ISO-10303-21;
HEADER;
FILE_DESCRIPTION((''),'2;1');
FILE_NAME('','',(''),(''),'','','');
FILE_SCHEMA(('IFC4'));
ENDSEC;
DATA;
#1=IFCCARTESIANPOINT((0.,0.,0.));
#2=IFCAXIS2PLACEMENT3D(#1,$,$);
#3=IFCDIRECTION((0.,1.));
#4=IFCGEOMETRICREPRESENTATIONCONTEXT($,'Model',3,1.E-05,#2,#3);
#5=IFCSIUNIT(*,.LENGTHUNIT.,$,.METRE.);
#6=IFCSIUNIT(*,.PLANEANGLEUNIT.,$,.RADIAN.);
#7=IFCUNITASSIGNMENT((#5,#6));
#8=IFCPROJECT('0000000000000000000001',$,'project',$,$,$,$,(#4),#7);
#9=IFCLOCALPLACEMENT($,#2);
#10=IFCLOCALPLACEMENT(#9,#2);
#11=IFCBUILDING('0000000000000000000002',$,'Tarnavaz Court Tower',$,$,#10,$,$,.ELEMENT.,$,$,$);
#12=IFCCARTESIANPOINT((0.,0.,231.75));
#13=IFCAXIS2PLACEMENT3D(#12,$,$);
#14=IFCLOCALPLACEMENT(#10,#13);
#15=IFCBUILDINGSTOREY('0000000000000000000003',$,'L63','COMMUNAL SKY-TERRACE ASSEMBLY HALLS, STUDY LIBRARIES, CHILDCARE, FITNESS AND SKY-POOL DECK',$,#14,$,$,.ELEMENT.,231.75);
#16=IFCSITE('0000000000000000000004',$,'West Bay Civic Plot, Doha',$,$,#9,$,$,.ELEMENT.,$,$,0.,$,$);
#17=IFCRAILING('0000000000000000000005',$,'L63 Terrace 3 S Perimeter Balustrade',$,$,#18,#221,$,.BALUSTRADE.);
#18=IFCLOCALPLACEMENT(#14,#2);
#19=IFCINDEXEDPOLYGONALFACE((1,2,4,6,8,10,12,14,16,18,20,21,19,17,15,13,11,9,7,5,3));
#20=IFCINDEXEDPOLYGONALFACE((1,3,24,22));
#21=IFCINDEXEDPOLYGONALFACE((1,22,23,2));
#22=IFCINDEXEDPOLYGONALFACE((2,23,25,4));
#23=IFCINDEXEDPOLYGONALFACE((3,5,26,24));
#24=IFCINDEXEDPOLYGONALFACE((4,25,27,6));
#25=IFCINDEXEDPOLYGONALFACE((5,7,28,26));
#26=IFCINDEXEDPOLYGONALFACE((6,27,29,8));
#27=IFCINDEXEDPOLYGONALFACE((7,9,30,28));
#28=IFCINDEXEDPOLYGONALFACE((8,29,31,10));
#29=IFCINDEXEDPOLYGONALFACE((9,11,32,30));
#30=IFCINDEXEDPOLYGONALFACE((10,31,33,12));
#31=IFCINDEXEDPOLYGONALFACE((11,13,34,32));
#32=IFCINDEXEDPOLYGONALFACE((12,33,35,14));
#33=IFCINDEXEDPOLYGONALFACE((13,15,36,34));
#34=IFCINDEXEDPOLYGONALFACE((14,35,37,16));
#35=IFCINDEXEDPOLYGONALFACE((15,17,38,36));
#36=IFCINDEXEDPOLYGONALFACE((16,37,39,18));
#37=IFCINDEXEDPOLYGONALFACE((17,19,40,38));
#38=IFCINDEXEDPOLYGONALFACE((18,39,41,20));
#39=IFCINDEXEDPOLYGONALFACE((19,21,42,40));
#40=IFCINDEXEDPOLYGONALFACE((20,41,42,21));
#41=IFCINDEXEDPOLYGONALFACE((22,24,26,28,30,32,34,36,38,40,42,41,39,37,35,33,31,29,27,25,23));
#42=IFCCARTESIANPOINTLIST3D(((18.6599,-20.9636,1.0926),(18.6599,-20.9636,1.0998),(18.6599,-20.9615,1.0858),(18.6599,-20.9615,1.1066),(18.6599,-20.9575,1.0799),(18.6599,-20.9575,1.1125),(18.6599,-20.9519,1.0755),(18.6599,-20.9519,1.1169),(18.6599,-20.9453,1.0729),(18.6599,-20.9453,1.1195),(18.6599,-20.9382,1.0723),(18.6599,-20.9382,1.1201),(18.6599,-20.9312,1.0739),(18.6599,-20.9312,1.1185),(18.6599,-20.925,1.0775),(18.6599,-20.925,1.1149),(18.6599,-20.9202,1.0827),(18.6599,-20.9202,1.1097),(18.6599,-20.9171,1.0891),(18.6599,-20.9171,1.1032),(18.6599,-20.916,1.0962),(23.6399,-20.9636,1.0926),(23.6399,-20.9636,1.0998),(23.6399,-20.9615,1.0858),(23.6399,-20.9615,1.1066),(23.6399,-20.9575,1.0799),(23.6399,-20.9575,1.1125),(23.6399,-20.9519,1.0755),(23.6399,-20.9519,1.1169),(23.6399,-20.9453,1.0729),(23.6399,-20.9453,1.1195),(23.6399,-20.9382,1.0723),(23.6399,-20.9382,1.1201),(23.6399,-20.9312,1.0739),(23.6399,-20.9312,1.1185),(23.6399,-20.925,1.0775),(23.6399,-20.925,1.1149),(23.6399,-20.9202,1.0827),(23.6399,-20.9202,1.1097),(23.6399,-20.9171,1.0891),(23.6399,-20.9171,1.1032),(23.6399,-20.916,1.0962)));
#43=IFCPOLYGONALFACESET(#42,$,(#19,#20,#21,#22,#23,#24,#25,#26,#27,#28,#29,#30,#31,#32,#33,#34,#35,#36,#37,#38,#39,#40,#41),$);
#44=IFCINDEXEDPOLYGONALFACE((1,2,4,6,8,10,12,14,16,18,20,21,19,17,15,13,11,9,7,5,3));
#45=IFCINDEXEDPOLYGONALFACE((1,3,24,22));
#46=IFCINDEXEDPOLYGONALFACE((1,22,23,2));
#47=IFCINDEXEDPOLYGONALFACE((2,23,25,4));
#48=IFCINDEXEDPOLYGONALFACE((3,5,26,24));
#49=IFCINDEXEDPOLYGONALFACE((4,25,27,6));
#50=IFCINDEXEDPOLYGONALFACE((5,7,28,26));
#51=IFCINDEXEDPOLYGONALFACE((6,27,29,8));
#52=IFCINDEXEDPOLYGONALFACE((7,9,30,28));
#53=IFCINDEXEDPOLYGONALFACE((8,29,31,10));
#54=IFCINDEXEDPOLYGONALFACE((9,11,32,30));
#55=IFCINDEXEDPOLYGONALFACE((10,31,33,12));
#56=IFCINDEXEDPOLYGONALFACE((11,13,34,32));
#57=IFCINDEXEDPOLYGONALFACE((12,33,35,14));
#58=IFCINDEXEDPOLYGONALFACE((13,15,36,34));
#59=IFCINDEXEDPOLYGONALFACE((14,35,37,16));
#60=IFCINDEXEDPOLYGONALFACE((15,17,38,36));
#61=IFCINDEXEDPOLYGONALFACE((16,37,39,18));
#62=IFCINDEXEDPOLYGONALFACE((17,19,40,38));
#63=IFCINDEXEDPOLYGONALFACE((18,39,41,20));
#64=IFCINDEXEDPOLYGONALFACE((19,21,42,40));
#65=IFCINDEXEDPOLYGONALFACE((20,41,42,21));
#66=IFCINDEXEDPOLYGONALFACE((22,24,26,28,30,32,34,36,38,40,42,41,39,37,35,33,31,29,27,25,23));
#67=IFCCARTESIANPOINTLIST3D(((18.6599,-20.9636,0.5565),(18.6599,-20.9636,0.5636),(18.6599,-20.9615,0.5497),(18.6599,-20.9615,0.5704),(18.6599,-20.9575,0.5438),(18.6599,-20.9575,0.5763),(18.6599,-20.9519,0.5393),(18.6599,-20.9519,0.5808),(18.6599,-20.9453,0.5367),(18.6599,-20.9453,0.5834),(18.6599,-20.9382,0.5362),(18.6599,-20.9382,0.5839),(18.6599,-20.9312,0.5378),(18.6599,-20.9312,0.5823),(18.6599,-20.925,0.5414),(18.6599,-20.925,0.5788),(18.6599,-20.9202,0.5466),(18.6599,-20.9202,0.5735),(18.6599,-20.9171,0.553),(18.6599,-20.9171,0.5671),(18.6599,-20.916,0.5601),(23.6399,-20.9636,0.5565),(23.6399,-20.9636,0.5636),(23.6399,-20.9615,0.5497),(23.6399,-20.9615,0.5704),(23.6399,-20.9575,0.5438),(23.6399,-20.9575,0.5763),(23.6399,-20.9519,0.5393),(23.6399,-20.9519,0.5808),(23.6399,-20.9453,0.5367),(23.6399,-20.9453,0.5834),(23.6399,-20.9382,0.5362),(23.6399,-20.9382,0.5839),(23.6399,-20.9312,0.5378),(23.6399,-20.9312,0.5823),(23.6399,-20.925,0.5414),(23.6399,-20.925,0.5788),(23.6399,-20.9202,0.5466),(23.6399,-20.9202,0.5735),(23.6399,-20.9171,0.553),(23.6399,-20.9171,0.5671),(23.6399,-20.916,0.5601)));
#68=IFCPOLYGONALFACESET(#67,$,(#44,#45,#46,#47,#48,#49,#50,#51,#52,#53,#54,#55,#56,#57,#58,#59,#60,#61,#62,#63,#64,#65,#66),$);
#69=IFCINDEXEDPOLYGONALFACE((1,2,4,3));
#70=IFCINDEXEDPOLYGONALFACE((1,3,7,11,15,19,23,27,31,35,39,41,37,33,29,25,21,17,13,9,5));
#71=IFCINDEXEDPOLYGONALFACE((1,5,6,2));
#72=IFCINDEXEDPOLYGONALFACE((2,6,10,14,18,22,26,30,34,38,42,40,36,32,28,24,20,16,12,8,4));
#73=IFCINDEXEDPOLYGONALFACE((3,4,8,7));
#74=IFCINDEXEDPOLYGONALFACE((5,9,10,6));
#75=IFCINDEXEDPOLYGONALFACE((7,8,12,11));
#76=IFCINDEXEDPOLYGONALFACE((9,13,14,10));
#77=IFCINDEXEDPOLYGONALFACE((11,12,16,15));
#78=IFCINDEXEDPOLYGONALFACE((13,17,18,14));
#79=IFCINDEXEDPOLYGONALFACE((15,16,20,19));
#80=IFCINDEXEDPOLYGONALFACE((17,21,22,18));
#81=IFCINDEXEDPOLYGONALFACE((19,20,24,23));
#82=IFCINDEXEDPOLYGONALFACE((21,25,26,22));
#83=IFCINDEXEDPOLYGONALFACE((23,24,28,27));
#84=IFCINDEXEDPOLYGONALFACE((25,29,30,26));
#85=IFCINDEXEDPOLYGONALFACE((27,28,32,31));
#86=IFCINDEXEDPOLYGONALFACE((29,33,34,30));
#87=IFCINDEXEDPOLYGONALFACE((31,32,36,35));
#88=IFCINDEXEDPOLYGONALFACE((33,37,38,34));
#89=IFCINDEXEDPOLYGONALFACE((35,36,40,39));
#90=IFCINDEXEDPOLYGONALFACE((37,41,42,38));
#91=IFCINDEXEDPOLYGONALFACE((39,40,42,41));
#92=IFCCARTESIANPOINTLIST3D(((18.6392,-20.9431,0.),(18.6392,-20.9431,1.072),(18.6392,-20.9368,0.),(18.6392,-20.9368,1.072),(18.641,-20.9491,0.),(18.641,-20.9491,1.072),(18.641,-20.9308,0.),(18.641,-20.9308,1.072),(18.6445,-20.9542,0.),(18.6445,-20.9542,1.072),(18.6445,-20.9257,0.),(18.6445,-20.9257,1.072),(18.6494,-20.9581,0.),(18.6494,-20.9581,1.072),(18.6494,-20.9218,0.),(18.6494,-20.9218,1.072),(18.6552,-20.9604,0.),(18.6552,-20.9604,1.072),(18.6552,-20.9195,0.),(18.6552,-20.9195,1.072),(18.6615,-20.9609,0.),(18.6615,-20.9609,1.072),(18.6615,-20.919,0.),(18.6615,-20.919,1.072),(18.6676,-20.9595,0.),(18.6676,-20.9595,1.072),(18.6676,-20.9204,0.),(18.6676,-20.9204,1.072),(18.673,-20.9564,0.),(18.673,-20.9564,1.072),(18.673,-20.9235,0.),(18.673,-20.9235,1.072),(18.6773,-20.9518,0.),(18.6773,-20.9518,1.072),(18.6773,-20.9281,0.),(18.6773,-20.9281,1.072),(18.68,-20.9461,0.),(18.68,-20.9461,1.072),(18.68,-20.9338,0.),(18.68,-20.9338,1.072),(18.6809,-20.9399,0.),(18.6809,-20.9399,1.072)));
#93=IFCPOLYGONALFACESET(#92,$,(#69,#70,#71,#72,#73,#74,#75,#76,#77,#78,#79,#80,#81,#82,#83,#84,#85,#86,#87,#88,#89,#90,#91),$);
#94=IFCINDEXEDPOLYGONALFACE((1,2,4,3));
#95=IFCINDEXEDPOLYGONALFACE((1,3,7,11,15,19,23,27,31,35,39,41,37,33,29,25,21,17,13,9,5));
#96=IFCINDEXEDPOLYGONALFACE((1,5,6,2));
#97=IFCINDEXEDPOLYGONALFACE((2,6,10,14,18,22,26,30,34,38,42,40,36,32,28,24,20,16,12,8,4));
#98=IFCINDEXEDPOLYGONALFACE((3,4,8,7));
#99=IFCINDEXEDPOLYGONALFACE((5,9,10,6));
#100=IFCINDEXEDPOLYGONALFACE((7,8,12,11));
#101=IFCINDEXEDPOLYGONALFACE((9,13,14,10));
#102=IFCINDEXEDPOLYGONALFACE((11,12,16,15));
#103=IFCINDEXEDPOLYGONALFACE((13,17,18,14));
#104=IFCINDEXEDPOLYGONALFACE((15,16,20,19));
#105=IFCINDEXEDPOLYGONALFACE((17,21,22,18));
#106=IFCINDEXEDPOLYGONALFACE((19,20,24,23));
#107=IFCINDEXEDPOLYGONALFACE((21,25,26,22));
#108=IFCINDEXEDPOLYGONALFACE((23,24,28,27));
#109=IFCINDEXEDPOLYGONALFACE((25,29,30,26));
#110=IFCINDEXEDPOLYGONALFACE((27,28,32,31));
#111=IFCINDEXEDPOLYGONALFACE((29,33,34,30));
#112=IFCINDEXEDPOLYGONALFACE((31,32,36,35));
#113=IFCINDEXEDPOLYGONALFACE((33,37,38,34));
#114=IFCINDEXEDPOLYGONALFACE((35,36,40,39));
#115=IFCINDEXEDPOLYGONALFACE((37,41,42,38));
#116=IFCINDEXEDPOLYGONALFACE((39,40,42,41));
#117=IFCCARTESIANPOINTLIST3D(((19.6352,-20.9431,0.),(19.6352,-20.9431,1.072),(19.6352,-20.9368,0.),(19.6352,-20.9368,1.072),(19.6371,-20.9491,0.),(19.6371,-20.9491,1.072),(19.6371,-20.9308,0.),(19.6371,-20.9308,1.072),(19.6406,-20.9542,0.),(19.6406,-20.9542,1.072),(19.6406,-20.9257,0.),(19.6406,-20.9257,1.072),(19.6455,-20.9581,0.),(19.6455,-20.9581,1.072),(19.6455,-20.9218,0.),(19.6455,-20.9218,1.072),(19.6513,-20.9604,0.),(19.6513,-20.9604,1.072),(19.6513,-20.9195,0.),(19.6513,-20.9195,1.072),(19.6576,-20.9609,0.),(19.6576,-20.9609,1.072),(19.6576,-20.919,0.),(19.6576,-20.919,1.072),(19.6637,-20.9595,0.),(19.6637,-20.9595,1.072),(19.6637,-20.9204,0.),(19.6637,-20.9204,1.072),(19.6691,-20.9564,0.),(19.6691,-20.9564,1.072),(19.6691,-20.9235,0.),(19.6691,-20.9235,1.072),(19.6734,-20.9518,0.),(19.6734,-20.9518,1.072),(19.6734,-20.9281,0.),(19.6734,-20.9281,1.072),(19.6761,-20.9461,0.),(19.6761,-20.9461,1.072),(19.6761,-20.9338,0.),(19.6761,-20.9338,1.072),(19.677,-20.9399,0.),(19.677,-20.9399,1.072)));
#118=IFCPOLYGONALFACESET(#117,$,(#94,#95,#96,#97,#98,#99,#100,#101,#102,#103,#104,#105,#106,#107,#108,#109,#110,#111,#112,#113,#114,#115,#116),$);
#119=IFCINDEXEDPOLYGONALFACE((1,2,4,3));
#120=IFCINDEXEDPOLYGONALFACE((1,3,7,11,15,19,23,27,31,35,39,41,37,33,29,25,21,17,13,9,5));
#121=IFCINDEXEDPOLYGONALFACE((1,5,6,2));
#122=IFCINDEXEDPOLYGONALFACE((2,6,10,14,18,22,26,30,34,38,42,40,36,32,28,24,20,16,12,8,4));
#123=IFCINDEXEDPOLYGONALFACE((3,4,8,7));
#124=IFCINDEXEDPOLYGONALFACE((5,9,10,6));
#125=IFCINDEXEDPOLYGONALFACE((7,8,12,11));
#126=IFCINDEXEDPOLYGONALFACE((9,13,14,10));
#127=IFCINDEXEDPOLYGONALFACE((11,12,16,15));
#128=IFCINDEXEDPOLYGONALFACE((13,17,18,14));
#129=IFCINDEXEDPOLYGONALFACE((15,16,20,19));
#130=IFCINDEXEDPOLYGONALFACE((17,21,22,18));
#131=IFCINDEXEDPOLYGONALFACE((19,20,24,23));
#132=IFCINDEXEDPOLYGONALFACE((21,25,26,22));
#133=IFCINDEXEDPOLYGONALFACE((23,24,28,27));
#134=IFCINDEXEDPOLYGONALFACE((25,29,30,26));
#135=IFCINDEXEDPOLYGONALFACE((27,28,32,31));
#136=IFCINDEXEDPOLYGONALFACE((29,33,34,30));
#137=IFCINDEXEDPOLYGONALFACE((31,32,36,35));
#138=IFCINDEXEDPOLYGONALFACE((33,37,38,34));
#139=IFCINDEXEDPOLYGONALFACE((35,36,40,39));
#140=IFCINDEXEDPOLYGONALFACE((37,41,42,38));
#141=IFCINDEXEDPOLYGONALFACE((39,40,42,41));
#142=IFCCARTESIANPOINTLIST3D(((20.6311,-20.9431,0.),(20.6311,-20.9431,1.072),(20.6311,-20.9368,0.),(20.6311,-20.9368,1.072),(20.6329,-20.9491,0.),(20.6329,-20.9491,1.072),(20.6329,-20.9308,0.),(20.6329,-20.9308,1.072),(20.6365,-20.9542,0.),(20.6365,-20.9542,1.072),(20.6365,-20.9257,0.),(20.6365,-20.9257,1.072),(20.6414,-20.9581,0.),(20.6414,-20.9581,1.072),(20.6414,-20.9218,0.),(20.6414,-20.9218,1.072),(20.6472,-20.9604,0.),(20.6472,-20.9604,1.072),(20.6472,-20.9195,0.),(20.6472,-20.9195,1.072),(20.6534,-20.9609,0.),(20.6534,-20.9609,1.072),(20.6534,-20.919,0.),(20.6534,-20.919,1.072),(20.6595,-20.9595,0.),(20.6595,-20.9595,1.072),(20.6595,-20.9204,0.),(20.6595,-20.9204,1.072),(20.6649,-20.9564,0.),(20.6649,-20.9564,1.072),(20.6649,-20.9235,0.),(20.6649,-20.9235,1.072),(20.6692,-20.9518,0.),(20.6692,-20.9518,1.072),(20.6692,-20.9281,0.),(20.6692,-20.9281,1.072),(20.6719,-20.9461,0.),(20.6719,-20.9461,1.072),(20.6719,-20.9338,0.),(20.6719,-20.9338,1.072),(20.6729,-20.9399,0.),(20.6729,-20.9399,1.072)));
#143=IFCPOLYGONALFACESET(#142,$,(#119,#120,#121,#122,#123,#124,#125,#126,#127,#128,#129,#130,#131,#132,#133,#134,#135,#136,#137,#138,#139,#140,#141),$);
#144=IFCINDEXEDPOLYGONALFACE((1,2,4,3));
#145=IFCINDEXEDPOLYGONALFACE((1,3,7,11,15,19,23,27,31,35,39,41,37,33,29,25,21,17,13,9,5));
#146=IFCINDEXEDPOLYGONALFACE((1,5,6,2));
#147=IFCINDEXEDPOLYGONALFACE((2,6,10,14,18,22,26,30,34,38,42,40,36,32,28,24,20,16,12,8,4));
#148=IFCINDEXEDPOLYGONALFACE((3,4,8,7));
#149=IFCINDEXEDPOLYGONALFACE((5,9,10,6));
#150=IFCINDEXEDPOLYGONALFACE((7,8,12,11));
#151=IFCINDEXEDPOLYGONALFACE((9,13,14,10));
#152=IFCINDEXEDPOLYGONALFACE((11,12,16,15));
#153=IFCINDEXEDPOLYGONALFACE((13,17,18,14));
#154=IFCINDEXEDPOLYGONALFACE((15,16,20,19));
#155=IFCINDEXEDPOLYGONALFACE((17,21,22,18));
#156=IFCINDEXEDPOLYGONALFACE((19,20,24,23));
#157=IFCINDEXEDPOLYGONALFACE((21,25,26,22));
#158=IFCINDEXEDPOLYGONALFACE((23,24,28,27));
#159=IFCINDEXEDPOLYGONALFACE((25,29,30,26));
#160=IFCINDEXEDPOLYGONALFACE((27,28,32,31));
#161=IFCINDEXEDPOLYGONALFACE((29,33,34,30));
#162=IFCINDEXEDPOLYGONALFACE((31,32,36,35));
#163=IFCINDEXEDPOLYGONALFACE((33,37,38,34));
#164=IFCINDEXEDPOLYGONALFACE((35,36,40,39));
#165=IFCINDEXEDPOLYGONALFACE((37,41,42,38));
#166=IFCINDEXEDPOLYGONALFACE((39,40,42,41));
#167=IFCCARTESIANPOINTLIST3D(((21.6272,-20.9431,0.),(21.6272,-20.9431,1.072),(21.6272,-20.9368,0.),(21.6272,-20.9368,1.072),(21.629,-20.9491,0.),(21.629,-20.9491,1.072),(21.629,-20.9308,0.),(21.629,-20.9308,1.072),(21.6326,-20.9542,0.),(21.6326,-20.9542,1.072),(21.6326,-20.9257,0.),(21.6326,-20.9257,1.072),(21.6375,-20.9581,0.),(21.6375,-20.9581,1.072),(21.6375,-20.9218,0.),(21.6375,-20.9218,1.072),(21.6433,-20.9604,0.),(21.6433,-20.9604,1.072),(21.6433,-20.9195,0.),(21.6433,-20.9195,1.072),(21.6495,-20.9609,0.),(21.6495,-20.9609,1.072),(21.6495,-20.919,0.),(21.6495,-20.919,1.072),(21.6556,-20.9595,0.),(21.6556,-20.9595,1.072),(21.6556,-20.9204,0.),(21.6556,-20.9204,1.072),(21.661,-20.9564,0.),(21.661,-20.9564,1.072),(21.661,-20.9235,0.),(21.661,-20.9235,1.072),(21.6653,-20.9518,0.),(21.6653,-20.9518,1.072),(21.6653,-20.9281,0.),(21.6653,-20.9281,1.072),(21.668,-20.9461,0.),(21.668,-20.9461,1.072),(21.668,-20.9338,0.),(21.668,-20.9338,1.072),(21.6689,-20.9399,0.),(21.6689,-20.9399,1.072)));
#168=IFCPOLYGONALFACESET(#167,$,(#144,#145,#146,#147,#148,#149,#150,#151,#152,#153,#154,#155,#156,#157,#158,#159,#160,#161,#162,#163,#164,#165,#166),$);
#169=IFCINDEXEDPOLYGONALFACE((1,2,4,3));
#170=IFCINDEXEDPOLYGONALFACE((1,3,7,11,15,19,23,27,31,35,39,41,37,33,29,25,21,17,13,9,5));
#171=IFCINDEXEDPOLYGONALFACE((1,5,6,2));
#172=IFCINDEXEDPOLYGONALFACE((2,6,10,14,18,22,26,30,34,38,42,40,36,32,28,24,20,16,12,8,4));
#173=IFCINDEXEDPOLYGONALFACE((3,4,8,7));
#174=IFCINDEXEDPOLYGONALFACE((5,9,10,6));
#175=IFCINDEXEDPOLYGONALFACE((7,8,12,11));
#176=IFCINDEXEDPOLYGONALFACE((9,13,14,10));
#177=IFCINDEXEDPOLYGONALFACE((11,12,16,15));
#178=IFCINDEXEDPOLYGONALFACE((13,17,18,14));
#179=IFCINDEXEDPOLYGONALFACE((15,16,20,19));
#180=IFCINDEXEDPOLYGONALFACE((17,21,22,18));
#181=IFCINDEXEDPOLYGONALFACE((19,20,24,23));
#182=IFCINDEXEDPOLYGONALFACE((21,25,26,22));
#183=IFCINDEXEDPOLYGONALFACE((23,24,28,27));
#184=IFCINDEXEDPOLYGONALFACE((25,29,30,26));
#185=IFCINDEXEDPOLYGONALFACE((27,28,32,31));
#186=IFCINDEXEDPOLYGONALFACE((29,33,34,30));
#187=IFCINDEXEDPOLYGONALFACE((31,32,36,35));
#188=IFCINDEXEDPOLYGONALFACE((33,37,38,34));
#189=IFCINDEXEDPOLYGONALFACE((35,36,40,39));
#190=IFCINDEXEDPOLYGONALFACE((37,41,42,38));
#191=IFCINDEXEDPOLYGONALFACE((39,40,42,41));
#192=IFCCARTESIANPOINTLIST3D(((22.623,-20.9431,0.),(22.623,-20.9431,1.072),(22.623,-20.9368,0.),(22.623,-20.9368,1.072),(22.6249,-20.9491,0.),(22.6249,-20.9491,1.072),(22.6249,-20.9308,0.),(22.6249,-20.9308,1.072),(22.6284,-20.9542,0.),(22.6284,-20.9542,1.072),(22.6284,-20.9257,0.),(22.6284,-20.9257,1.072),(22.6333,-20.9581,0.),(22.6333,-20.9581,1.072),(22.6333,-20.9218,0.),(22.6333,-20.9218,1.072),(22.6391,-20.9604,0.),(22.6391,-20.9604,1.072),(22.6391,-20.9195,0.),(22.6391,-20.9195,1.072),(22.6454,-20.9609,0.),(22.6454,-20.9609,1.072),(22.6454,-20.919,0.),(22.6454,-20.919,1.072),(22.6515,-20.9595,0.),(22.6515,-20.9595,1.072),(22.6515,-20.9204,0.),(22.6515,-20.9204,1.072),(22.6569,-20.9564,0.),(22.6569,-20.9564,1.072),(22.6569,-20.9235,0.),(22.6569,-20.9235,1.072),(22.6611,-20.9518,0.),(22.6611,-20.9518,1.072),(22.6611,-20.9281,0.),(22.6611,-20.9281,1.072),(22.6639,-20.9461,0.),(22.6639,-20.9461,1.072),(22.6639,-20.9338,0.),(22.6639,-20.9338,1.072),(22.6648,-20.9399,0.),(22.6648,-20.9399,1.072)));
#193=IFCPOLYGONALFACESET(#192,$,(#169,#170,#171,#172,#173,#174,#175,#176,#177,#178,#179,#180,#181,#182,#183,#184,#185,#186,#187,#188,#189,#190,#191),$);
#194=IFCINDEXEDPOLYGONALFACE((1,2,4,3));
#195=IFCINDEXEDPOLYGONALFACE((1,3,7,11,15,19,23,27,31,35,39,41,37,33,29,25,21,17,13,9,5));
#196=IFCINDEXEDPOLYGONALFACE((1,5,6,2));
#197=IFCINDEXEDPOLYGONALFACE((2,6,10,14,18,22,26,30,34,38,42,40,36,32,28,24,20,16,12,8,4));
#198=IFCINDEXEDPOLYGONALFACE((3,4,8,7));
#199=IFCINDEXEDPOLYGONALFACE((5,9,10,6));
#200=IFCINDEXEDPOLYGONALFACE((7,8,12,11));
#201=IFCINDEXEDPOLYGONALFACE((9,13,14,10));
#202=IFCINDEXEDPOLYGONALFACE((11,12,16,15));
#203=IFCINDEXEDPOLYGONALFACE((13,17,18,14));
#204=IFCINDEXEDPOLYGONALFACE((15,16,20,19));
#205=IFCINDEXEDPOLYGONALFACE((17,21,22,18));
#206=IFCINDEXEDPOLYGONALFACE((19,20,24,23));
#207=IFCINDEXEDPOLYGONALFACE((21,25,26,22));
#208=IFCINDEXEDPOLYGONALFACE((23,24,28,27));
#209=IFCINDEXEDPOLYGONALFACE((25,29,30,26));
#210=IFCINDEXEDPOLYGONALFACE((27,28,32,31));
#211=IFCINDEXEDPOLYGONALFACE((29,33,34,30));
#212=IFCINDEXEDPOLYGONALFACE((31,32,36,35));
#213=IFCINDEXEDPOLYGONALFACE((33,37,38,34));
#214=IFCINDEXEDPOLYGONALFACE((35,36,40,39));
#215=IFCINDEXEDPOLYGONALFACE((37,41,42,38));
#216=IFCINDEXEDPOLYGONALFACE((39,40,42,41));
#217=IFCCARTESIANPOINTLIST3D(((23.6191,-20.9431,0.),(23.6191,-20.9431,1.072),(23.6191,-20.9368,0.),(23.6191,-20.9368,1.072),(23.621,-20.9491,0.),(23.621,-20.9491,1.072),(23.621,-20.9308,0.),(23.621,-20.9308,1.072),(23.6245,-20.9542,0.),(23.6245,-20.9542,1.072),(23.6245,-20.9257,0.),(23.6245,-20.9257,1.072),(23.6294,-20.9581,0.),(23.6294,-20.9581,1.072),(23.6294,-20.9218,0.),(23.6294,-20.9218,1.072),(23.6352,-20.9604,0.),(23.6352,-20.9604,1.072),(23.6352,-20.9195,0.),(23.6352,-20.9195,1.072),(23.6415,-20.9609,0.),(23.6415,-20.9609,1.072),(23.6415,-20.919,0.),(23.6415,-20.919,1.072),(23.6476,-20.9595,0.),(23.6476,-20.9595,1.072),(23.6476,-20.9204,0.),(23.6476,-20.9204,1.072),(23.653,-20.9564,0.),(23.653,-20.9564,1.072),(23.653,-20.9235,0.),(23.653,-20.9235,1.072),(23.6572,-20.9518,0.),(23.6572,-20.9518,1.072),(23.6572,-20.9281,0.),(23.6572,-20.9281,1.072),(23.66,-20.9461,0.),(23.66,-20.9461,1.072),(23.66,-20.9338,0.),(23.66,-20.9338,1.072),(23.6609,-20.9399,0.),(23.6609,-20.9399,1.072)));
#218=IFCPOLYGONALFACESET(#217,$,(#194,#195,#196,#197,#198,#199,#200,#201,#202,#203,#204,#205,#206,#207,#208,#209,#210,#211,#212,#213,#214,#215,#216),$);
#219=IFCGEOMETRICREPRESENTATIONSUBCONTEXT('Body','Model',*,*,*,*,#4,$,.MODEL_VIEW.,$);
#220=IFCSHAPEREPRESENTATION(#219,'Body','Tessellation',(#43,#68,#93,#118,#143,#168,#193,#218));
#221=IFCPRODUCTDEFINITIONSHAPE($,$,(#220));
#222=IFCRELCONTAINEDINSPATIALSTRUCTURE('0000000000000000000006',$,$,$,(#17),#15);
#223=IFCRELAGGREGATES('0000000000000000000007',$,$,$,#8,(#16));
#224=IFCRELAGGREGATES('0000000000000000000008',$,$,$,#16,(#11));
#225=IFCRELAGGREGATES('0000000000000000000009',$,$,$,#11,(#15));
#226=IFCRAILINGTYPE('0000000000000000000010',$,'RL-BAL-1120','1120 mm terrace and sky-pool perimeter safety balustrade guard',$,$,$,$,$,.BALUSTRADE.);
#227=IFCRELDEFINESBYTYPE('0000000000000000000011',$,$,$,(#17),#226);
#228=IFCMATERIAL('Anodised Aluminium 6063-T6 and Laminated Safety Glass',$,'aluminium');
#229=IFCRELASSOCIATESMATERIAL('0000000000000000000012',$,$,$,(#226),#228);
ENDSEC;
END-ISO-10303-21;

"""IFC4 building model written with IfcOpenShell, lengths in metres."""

from ifc_helpers import new_model, si_unit, direction, frame, origin, origin_2d, place, context, subcontext, project, spatial, circle, extrude, material, type_object, element, save


model = new_model("IFC4")

# Units and contexts
model_context = context("Model", 3, precision=1e-05, world=origin(), true_north=direction((0.0, 1.0)))
body_context = subcontext(model_context, "Body", "Model", "MODEL_VIEW")
ifc_project = project(units=[si_unit("LENGTHUNIT", "METRE"), si_unit("PLANEANGLEUNIT", "RADIAN")], contexts=[model_context])

# Site, building, storey
site_placement = place(None, origin())
site = spatial("IfcSite", under=ifc_project, at=site_placement, Name="West Bay Civic Plot, Doha", CompositionType="ELEMENT", RefElevation=0.0)
building_placement = place(site_placement, origin())
building = spatial("IfcBuilding", under=site, at=building_placement, Name="Tarnavaz Court Tower", CompositionType="ELEMENT")
storey_placement = place(building_placement, frame((0.0, 0.0, 231.75)))
storey = spatial("IfcBuildingStorey", under=building, at=storey_placement, Name="L63", Description="COMMUNAL SKY-TERRACE ASSEMBLY HALLS, STUDY LIBRARIES, CHILDCARE, FITNESS AND SKY-POOL DECK", CompositionType="ELEMENT", Elevation=231.75)

# Railing
ifc_material_1 = material(Name="Anodised Aluminium 6063-T6 and Laminated Safety Glass", Category="aluminium")
railing_type = type_object("IfcRailingType", Name="RL-BAL-1120", Description="1120 mm terrace and sky-pool perimeter safety balustrade guard", PredefinedType="BALUSTRADE", material=ifc_material_1)
railing_1_placement = place(storey_placement, frame((18.6599, -20.9399, 0.0)))
element("IfcRailing", 1, at=railing_1_placement, inside=storey, type_object=railing_type, Name="L63 Terrace 3 S Perimeter Balustrade", PredefinedType="BALUSTRADE", context=body_context, shape_type="SweptSolid", body=[
    extrude(circle(Radius=0.0239, at=origin_2d()), frame((0.0, 0.0, 1.0962), z_axis=(1.0, 0.0, 0.0), x_axis=(0.0, 1.0, 0.0)), (0.0, 0.0, 1.0), 4.98),
    extrude(circle(Radius=0.0239, at=origin_2d()), frame((0.0, 0.0, 0.5601), z_axis=(1.0, 0.0, 0.0), x_axis=(0.0, 1.0, 0.0)), (0.0, 0.0, 1.0), 4.98),
    extrude(circle(Radius=0.021, at=origin_2d()), origin(), (0.0, 0.0, 1.0), 1.072),
    extrude(circle(Radius=0.021, at=origin_2d()), frame((0.9961, 0.0, 0.0)), (0.0, 0.0, 1.0), 1.072),
    extrude(circle(Radius=0.021, at=origin_2d()), frame((1.9919, 0.0, 0.0)), (0.0, 0.0, 1.0), 1.072),
    extrude(circle(Radius=0.021, at=origin_2d()), frame((2.988, 0.0, 0.0)), (0.0, 0.0, 1.0), 1.072),
    extrude(circle(Radius=0.021, at=origin_2d()), frame((3.9839, 0.0, 0.0)), (0.0, 0.0, 1.0), 1.072),
    extrude(circle(Radius=0.021, at=origin_2d()), frame((4.98, 0.0, 0.0)), (0.0, 0.0, 1.0), 1.072),
])

save(model, "model.ifc")
